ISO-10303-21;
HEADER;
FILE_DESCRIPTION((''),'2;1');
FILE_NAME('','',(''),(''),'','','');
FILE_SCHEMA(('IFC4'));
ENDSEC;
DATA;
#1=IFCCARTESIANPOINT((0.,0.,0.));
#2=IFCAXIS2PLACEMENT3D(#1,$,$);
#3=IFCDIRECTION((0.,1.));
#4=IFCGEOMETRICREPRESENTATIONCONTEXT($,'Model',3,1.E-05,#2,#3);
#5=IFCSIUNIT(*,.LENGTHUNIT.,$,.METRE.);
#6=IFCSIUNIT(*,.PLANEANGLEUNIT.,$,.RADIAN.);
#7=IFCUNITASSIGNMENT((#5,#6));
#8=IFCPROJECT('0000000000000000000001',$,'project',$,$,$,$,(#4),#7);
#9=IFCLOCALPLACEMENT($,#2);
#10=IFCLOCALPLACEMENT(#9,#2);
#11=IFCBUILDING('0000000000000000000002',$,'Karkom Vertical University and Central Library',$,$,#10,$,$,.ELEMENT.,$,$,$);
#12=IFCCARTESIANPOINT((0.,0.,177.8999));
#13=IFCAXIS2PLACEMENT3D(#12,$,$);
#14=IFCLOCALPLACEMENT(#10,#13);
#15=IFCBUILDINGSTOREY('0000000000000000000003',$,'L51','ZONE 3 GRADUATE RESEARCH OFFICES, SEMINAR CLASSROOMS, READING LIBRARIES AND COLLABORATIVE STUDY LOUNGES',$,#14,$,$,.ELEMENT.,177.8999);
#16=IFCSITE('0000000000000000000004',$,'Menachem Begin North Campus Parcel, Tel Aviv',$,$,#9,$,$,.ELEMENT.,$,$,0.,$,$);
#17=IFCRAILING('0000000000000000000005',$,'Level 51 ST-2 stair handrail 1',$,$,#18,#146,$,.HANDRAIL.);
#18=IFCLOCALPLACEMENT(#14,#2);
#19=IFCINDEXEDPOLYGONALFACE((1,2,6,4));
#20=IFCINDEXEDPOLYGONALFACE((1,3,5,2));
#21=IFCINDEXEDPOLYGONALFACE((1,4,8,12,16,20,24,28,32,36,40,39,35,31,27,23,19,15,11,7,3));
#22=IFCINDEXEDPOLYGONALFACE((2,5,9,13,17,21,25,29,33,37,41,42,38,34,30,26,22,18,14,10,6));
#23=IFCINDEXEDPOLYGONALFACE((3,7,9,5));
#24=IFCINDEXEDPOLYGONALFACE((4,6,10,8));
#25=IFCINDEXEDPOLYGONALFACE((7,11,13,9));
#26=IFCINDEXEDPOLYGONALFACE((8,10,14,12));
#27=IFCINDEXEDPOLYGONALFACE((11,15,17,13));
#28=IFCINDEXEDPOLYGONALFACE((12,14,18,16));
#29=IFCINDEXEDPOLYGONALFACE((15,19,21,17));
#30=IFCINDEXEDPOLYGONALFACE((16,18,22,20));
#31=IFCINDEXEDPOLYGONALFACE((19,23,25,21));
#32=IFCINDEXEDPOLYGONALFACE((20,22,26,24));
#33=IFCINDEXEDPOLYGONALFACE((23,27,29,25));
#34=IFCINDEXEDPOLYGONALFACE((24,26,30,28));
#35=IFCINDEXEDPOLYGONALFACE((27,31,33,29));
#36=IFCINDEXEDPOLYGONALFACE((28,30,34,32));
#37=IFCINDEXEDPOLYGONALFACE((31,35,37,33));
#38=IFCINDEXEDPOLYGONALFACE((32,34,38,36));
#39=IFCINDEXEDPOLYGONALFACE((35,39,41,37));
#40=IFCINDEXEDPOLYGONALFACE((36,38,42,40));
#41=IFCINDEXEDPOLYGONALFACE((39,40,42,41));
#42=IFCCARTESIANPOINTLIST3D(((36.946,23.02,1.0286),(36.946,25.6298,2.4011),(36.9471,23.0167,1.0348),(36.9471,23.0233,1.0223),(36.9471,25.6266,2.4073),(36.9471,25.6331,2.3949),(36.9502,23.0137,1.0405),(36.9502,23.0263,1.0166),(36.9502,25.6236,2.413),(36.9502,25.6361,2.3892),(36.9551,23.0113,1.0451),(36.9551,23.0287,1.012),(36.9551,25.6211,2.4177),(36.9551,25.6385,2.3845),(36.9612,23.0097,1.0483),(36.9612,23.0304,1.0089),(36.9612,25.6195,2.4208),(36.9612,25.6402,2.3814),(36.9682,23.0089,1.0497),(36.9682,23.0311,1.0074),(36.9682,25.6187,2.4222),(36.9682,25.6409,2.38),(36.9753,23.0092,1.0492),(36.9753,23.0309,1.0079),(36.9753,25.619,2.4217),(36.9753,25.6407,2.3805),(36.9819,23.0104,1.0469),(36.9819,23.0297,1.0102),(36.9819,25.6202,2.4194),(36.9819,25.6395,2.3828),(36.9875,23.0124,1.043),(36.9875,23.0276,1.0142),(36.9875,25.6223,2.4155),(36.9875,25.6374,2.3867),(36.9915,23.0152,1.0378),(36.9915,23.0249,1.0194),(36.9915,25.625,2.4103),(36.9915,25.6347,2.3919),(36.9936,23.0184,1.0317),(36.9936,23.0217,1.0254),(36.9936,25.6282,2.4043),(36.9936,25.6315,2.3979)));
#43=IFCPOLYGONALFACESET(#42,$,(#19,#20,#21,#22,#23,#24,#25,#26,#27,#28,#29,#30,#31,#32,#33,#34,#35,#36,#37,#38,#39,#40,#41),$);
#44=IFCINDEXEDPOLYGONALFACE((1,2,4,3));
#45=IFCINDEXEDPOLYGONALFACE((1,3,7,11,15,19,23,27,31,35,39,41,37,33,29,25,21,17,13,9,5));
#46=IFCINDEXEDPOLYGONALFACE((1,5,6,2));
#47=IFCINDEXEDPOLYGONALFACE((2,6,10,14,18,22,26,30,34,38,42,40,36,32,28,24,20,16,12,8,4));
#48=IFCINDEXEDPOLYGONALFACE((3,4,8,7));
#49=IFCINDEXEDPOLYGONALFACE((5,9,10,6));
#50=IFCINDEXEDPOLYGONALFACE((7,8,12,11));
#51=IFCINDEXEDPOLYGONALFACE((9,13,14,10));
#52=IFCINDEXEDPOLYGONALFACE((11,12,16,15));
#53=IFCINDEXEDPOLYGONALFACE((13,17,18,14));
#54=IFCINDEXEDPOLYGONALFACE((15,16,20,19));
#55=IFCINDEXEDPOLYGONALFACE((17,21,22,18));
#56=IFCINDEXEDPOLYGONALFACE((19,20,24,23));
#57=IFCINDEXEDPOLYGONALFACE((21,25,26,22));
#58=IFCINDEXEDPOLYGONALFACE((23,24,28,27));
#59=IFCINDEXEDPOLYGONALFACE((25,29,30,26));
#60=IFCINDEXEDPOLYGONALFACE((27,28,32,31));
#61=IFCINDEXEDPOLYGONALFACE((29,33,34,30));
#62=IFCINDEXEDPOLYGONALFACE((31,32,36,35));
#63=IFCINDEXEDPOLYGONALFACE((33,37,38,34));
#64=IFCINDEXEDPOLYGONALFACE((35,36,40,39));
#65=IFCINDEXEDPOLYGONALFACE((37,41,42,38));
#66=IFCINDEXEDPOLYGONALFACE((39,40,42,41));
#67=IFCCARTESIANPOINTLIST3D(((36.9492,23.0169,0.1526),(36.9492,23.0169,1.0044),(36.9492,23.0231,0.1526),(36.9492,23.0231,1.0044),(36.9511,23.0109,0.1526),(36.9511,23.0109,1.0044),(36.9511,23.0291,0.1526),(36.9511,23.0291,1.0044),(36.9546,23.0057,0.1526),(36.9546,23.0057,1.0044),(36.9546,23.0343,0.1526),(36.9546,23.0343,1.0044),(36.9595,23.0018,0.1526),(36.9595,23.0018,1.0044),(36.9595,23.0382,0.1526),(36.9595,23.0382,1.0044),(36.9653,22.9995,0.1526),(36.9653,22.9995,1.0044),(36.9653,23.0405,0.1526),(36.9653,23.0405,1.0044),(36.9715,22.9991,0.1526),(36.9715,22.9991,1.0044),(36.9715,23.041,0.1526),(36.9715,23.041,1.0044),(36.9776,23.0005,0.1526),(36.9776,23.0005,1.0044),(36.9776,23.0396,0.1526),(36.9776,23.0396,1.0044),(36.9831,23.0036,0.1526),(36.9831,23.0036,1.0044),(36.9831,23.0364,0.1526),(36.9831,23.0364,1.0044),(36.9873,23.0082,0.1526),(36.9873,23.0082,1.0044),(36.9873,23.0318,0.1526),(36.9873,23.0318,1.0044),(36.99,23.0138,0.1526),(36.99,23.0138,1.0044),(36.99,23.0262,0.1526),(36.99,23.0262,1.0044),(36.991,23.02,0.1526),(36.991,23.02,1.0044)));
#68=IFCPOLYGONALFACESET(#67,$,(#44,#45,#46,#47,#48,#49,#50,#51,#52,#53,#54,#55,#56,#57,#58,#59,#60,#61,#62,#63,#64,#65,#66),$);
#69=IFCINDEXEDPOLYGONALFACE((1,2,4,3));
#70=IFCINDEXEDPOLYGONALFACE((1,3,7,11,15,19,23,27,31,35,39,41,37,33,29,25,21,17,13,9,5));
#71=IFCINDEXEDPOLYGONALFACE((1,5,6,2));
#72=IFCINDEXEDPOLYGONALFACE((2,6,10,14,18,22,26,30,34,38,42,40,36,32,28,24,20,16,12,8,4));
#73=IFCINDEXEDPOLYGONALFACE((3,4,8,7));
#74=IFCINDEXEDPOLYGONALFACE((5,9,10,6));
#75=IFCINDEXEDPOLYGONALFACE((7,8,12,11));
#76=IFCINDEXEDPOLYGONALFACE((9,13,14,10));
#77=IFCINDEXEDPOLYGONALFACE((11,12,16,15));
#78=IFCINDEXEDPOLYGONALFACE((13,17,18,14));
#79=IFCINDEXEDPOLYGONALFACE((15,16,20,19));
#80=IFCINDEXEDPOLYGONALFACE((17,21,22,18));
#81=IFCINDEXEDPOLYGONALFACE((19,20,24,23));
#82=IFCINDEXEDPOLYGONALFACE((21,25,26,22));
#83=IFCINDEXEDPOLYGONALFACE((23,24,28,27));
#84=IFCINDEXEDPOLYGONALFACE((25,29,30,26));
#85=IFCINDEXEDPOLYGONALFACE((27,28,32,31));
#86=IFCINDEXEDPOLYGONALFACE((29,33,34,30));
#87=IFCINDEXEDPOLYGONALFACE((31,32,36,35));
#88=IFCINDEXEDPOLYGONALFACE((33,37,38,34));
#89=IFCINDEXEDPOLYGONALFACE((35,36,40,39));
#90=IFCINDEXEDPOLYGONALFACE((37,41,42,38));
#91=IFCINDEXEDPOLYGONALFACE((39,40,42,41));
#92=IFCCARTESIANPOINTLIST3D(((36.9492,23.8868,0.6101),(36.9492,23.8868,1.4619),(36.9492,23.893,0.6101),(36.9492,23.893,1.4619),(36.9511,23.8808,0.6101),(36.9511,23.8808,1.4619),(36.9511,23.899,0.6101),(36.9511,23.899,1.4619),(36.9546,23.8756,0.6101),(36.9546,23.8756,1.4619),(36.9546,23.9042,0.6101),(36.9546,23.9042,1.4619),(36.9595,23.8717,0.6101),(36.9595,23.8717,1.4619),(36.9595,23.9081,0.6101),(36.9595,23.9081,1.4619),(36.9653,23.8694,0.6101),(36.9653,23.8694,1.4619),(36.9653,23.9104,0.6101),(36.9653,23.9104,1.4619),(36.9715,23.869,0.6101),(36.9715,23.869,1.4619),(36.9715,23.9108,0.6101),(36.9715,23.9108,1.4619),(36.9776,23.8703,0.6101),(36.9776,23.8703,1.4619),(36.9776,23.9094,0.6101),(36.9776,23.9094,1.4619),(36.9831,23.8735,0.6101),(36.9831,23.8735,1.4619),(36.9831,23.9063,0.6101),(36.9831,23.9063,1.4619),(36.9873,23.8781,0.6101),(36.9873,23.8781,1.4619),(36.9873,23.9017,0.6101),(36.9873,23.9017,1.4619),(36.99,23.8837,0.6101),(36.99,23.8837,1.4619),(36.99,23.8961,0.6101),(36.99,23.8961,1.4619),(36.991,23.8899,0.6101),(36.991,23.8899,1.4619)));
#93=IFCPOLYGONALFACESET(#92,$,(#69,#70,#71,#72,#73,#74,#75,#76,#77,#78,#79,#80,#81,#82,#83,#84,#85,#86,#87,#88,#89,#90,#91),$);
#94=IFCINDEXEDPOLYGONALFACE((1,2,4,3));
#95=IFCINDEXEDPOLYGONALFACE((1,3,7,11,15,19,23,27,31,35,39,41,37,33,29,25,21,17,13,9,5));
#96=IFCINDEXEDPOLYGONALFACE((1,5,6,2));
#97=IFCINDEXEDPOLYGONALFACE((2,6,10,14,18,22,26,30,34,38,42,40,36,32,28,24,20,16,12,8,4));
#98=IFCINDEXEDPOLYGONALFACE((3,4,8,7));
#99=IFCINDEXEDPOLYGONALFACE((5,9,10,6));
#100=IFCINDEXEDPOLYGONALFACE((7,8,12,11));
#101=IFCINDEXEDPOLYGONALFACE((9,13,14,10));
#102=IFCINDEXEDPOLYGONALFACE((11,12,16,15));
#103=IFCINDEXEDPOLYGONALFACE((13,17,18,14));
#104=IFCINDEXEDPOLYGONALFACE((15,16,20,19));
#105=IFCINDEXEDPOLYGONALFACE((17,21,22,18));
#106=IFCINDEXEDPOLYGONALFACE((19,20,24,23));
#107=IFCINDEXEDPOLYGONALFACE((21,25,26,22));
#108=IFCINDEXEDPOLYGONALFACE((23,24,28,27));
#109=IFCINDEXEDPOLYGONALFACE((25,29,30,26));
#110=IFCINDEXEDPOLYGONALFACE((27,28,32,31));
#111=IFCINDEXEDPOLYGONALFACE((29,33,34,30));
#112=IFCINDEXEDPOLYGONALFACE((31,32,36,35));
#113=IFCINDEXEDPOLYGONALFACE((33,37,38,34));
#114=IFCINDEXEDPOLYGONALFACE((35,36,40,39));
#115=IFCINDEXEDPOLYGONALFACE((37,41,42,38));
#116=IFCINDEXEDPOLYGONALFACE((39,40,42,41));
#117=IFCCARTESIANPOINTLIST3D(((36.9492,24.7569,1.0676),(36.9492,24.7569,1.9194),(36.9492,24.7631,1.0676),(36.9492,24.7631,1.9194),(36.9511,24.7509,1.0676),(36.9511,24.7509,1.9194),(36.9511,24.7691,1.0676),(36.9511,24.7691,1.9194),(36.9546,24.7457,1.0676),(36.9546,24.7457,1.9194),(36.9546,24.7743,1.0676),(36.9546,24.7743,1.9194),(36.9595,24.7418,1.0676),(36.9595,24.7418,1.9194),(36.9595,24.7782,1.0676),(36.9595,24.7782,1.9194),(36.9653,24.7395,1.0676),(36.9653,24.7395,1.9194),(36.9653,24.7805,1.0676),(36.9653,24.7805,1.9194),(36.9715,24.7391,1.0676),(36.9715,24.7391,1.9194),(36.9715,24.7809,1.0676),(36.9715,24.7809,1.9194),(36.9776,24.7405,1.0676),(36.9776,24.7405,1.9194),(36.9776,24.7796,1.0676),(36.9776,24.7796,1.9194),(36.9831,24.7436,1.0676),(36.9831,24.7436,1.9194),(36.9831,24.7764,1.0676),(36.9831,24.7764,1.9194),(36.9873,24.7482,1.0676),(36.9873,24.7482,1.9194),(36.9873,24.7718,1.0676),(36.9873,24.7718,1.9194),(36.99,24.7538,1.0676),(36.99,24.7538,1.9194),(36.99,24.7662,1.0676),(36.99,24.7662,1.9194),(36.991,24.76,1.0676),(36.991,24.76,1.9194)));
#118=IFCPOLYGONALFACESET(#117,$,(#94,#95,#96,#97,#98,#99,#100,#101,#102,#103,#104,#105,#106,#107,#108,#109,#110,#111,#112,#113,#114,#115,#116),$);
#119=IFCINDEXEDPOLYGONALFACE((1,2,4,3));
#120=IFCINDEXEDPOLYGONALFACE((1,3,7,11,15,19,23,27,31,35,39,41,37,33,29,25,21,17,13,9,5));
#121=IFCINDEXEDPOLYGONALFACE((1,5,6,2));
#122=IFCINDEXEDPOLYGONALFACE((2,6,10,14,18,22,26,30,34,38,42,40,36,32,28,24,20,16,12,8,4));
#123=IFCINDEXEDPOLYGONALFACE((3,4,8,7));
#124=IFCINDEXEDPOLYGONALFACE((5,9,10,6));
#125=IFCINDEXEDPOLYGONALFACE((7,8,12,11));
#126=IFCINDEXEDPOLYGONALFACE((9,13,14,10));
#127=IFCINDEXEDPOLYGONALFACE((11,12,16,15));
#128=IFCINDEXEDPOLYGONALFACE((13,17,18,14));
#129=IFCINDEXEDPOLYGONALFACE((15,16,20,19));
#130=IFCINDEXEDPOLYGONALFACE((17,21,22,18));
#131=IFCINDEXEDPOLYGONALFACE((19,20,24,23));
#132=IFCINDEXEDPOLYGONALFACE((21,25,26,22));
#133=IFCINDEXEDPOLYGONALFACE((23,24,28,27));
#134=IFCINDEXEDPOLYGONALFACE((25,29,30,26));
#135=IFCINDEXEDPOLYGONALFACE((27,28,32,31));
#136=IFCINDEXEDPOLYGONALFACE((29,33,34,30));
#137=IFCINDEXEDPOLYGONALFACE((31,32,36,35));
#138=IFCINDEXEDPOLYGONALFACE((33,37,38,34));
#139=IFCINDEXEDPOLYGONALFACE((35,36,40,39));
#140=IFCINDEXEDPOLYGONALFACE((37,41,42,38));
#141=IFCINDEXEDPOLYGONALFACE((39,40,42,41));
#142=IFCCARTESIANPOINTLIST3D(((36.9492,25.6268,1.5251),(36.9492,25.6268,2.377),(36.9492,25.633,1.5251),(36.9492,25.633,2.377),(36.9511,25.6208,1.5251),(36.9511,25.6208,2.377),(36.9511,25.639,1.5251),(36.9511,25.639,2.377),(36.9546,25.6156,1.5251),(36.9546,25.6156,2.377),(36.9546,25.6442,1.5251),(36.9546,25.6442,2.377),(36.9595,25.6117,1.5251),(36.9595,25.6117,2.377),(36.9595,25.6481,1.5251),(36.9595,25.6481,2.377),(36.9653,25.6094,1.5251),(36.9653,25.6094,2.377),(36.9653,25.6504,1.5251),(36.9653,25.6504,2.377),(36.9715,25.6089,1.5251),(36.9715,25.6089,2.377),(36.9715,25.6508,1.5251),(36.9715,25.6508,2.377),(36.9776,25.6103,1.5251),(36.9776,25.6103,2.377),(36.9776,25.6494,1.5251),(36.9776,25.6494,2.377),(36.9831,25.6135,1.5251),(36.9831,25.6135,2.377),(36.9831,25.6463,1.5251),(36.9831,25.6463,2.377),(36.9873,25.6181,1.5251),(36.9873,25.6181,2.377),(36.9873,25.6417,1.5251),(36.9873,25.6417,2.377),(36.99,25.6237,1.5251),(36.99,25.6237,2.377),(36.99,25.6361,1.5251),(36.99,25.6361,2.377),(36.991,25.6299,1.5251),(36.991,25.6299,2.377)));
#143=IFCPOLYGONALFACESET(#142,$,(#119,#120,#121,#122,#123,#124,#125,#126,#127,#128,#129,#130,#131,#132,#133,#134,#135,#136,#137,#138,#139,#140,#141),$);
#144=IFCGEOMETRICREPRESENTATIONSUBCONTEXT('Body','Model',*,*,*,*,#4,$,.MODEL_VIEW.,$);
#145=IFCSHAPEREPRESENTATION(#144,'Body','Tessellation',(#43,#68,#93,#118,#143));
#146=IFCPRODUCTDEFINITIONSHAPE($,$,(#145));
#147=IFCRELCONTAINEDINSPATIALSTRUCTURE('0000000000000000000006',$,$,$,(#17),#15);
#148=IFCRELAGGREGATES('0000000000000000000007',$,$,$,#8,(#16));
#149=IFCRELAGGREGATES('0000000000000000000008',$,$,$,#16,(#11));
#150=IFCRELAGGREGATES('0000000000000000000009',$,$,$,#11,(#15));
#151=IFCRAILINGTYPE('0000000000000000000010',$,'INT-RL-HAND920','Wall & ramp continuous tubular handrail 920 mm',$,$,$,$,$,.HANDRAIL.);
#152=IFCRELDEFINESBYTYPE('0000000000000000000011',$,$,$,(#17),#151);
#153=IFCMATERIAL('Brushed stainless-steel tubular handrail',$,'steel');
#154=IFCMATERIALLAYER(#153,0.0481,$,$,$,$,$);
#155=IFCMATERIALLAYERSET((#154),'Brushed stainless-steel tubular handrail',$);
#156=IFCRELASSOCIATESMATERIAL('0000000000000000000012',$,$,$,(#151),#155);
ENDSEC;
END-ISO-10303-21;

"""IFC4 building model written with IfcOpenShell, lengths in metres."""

from ifc_helpers import new_model, si_unit, direction, frame, origin, origin_2d, place, context, subcontext, project, spatial, circle, extrude, material, layer, layer_set, type_object, element, save


model = new_model("IFC4")

# Units and contexts
model_context = context("Model", 3, precision=1e-05, world=origin(), true_north=direction((0.0, 1.0)))
body_context = subcontext(model_context, "Body", "Model", "MODEL_VIEW")
ifc_project = project(units=[si_unit("LENGTHUNIT", "METRE"), si_unit("PLANEANGLEUNIT", "RADIAN")], contexts=[model_context])

# Site, building, storey
site_placement = place(None, origin())
site = spatial("IfcSite", under=ifc_project, at=site_placement, Name="Menachem Begin North Campus Parcel, Tel Aviv", CompositionType="ELEMENT", RefElevation=0.0)
building_placement = place(site_placement, origin())
building = spatial("IfcBuilding", under=site, at=building_placement, Name="Karkom Vertical University and Central Library", CompositionType="ELEMENT")
storey_placement = place(building_placement, frame((0.0, 0.0, 177.8999)))
storey = spatial("IfcBuildingStorey", under=building, at=storey_placement, Name="L51", Description="ZONE 3 GRADUATE RESEARCH OFFICES, SEMINAR CLASSROOMS, READING LIBRARIES AND COLLABORATIVE STUDY LOUNGES", CompositionType="ELEMENT", Elevation=177.8999)

# Railing
ifc_material_1 = material(Name="Brushed stainless-steel tubular handrail", Category="steel")
ifc_layer_1 = layer(ifc_material_1, 0.0481)
ifc_layer_set_1 = layer_set([ifc_layer_1], Name="Brushed stainless-steel tubular handrail")
railing_type_1 = type_object("IfcRailingType", Name="INT-RL-HAND920", Description="Wall & ramp continuous tubular handrail 920 mm", PredefinedType="HANDRAIL", material=ifc_layer_set_1)
railing_1_placement = place(storey_placement, frame((36.97, 23.02, 0.1526)))
element("IfcRailing", 1, at=railing_1_placement, inside=storey, type_object=railing_type_1, Name="Level 51 ST-2 stair handrail 1", PredefinedType="HANDRAIL", context=body_context, shape_type="SweptSolid", body=[
    extrude(circle(Radius=0.0239, at=origin_2d()), frame((0.0, 0.0, 0.876), z_axis=(0.0, 0.885065, 0.465467), x_axis=(-1.0, 0.0, 0.0)), (0.0, 0.0, 1.0), 2.9487),
    extrude(circle(Radius=0.021, at=origin_2d()), origin(), (0.0, 0.0, 1.0), 0.8518),
    extrude(circle(Radius=0.021, at=origin_2d()), frame((0.0, 0.8699, 0.4575)), (0.0, 0.0, 1.0), 0.8518),
    extrude(circle(Radius=0.021, at=origin_2d()), frame((0.0, 1.74, 0.915)), (0.0, 0.0, 1.0), 0.8518),
    extrude(circle(Radius=0.021, at=origin_2d()), frame((0.0, 2.6099, 1.3726)), (0.0, 0.0, 1.0), 0.8518),
])

save(model, "model.ifc")
